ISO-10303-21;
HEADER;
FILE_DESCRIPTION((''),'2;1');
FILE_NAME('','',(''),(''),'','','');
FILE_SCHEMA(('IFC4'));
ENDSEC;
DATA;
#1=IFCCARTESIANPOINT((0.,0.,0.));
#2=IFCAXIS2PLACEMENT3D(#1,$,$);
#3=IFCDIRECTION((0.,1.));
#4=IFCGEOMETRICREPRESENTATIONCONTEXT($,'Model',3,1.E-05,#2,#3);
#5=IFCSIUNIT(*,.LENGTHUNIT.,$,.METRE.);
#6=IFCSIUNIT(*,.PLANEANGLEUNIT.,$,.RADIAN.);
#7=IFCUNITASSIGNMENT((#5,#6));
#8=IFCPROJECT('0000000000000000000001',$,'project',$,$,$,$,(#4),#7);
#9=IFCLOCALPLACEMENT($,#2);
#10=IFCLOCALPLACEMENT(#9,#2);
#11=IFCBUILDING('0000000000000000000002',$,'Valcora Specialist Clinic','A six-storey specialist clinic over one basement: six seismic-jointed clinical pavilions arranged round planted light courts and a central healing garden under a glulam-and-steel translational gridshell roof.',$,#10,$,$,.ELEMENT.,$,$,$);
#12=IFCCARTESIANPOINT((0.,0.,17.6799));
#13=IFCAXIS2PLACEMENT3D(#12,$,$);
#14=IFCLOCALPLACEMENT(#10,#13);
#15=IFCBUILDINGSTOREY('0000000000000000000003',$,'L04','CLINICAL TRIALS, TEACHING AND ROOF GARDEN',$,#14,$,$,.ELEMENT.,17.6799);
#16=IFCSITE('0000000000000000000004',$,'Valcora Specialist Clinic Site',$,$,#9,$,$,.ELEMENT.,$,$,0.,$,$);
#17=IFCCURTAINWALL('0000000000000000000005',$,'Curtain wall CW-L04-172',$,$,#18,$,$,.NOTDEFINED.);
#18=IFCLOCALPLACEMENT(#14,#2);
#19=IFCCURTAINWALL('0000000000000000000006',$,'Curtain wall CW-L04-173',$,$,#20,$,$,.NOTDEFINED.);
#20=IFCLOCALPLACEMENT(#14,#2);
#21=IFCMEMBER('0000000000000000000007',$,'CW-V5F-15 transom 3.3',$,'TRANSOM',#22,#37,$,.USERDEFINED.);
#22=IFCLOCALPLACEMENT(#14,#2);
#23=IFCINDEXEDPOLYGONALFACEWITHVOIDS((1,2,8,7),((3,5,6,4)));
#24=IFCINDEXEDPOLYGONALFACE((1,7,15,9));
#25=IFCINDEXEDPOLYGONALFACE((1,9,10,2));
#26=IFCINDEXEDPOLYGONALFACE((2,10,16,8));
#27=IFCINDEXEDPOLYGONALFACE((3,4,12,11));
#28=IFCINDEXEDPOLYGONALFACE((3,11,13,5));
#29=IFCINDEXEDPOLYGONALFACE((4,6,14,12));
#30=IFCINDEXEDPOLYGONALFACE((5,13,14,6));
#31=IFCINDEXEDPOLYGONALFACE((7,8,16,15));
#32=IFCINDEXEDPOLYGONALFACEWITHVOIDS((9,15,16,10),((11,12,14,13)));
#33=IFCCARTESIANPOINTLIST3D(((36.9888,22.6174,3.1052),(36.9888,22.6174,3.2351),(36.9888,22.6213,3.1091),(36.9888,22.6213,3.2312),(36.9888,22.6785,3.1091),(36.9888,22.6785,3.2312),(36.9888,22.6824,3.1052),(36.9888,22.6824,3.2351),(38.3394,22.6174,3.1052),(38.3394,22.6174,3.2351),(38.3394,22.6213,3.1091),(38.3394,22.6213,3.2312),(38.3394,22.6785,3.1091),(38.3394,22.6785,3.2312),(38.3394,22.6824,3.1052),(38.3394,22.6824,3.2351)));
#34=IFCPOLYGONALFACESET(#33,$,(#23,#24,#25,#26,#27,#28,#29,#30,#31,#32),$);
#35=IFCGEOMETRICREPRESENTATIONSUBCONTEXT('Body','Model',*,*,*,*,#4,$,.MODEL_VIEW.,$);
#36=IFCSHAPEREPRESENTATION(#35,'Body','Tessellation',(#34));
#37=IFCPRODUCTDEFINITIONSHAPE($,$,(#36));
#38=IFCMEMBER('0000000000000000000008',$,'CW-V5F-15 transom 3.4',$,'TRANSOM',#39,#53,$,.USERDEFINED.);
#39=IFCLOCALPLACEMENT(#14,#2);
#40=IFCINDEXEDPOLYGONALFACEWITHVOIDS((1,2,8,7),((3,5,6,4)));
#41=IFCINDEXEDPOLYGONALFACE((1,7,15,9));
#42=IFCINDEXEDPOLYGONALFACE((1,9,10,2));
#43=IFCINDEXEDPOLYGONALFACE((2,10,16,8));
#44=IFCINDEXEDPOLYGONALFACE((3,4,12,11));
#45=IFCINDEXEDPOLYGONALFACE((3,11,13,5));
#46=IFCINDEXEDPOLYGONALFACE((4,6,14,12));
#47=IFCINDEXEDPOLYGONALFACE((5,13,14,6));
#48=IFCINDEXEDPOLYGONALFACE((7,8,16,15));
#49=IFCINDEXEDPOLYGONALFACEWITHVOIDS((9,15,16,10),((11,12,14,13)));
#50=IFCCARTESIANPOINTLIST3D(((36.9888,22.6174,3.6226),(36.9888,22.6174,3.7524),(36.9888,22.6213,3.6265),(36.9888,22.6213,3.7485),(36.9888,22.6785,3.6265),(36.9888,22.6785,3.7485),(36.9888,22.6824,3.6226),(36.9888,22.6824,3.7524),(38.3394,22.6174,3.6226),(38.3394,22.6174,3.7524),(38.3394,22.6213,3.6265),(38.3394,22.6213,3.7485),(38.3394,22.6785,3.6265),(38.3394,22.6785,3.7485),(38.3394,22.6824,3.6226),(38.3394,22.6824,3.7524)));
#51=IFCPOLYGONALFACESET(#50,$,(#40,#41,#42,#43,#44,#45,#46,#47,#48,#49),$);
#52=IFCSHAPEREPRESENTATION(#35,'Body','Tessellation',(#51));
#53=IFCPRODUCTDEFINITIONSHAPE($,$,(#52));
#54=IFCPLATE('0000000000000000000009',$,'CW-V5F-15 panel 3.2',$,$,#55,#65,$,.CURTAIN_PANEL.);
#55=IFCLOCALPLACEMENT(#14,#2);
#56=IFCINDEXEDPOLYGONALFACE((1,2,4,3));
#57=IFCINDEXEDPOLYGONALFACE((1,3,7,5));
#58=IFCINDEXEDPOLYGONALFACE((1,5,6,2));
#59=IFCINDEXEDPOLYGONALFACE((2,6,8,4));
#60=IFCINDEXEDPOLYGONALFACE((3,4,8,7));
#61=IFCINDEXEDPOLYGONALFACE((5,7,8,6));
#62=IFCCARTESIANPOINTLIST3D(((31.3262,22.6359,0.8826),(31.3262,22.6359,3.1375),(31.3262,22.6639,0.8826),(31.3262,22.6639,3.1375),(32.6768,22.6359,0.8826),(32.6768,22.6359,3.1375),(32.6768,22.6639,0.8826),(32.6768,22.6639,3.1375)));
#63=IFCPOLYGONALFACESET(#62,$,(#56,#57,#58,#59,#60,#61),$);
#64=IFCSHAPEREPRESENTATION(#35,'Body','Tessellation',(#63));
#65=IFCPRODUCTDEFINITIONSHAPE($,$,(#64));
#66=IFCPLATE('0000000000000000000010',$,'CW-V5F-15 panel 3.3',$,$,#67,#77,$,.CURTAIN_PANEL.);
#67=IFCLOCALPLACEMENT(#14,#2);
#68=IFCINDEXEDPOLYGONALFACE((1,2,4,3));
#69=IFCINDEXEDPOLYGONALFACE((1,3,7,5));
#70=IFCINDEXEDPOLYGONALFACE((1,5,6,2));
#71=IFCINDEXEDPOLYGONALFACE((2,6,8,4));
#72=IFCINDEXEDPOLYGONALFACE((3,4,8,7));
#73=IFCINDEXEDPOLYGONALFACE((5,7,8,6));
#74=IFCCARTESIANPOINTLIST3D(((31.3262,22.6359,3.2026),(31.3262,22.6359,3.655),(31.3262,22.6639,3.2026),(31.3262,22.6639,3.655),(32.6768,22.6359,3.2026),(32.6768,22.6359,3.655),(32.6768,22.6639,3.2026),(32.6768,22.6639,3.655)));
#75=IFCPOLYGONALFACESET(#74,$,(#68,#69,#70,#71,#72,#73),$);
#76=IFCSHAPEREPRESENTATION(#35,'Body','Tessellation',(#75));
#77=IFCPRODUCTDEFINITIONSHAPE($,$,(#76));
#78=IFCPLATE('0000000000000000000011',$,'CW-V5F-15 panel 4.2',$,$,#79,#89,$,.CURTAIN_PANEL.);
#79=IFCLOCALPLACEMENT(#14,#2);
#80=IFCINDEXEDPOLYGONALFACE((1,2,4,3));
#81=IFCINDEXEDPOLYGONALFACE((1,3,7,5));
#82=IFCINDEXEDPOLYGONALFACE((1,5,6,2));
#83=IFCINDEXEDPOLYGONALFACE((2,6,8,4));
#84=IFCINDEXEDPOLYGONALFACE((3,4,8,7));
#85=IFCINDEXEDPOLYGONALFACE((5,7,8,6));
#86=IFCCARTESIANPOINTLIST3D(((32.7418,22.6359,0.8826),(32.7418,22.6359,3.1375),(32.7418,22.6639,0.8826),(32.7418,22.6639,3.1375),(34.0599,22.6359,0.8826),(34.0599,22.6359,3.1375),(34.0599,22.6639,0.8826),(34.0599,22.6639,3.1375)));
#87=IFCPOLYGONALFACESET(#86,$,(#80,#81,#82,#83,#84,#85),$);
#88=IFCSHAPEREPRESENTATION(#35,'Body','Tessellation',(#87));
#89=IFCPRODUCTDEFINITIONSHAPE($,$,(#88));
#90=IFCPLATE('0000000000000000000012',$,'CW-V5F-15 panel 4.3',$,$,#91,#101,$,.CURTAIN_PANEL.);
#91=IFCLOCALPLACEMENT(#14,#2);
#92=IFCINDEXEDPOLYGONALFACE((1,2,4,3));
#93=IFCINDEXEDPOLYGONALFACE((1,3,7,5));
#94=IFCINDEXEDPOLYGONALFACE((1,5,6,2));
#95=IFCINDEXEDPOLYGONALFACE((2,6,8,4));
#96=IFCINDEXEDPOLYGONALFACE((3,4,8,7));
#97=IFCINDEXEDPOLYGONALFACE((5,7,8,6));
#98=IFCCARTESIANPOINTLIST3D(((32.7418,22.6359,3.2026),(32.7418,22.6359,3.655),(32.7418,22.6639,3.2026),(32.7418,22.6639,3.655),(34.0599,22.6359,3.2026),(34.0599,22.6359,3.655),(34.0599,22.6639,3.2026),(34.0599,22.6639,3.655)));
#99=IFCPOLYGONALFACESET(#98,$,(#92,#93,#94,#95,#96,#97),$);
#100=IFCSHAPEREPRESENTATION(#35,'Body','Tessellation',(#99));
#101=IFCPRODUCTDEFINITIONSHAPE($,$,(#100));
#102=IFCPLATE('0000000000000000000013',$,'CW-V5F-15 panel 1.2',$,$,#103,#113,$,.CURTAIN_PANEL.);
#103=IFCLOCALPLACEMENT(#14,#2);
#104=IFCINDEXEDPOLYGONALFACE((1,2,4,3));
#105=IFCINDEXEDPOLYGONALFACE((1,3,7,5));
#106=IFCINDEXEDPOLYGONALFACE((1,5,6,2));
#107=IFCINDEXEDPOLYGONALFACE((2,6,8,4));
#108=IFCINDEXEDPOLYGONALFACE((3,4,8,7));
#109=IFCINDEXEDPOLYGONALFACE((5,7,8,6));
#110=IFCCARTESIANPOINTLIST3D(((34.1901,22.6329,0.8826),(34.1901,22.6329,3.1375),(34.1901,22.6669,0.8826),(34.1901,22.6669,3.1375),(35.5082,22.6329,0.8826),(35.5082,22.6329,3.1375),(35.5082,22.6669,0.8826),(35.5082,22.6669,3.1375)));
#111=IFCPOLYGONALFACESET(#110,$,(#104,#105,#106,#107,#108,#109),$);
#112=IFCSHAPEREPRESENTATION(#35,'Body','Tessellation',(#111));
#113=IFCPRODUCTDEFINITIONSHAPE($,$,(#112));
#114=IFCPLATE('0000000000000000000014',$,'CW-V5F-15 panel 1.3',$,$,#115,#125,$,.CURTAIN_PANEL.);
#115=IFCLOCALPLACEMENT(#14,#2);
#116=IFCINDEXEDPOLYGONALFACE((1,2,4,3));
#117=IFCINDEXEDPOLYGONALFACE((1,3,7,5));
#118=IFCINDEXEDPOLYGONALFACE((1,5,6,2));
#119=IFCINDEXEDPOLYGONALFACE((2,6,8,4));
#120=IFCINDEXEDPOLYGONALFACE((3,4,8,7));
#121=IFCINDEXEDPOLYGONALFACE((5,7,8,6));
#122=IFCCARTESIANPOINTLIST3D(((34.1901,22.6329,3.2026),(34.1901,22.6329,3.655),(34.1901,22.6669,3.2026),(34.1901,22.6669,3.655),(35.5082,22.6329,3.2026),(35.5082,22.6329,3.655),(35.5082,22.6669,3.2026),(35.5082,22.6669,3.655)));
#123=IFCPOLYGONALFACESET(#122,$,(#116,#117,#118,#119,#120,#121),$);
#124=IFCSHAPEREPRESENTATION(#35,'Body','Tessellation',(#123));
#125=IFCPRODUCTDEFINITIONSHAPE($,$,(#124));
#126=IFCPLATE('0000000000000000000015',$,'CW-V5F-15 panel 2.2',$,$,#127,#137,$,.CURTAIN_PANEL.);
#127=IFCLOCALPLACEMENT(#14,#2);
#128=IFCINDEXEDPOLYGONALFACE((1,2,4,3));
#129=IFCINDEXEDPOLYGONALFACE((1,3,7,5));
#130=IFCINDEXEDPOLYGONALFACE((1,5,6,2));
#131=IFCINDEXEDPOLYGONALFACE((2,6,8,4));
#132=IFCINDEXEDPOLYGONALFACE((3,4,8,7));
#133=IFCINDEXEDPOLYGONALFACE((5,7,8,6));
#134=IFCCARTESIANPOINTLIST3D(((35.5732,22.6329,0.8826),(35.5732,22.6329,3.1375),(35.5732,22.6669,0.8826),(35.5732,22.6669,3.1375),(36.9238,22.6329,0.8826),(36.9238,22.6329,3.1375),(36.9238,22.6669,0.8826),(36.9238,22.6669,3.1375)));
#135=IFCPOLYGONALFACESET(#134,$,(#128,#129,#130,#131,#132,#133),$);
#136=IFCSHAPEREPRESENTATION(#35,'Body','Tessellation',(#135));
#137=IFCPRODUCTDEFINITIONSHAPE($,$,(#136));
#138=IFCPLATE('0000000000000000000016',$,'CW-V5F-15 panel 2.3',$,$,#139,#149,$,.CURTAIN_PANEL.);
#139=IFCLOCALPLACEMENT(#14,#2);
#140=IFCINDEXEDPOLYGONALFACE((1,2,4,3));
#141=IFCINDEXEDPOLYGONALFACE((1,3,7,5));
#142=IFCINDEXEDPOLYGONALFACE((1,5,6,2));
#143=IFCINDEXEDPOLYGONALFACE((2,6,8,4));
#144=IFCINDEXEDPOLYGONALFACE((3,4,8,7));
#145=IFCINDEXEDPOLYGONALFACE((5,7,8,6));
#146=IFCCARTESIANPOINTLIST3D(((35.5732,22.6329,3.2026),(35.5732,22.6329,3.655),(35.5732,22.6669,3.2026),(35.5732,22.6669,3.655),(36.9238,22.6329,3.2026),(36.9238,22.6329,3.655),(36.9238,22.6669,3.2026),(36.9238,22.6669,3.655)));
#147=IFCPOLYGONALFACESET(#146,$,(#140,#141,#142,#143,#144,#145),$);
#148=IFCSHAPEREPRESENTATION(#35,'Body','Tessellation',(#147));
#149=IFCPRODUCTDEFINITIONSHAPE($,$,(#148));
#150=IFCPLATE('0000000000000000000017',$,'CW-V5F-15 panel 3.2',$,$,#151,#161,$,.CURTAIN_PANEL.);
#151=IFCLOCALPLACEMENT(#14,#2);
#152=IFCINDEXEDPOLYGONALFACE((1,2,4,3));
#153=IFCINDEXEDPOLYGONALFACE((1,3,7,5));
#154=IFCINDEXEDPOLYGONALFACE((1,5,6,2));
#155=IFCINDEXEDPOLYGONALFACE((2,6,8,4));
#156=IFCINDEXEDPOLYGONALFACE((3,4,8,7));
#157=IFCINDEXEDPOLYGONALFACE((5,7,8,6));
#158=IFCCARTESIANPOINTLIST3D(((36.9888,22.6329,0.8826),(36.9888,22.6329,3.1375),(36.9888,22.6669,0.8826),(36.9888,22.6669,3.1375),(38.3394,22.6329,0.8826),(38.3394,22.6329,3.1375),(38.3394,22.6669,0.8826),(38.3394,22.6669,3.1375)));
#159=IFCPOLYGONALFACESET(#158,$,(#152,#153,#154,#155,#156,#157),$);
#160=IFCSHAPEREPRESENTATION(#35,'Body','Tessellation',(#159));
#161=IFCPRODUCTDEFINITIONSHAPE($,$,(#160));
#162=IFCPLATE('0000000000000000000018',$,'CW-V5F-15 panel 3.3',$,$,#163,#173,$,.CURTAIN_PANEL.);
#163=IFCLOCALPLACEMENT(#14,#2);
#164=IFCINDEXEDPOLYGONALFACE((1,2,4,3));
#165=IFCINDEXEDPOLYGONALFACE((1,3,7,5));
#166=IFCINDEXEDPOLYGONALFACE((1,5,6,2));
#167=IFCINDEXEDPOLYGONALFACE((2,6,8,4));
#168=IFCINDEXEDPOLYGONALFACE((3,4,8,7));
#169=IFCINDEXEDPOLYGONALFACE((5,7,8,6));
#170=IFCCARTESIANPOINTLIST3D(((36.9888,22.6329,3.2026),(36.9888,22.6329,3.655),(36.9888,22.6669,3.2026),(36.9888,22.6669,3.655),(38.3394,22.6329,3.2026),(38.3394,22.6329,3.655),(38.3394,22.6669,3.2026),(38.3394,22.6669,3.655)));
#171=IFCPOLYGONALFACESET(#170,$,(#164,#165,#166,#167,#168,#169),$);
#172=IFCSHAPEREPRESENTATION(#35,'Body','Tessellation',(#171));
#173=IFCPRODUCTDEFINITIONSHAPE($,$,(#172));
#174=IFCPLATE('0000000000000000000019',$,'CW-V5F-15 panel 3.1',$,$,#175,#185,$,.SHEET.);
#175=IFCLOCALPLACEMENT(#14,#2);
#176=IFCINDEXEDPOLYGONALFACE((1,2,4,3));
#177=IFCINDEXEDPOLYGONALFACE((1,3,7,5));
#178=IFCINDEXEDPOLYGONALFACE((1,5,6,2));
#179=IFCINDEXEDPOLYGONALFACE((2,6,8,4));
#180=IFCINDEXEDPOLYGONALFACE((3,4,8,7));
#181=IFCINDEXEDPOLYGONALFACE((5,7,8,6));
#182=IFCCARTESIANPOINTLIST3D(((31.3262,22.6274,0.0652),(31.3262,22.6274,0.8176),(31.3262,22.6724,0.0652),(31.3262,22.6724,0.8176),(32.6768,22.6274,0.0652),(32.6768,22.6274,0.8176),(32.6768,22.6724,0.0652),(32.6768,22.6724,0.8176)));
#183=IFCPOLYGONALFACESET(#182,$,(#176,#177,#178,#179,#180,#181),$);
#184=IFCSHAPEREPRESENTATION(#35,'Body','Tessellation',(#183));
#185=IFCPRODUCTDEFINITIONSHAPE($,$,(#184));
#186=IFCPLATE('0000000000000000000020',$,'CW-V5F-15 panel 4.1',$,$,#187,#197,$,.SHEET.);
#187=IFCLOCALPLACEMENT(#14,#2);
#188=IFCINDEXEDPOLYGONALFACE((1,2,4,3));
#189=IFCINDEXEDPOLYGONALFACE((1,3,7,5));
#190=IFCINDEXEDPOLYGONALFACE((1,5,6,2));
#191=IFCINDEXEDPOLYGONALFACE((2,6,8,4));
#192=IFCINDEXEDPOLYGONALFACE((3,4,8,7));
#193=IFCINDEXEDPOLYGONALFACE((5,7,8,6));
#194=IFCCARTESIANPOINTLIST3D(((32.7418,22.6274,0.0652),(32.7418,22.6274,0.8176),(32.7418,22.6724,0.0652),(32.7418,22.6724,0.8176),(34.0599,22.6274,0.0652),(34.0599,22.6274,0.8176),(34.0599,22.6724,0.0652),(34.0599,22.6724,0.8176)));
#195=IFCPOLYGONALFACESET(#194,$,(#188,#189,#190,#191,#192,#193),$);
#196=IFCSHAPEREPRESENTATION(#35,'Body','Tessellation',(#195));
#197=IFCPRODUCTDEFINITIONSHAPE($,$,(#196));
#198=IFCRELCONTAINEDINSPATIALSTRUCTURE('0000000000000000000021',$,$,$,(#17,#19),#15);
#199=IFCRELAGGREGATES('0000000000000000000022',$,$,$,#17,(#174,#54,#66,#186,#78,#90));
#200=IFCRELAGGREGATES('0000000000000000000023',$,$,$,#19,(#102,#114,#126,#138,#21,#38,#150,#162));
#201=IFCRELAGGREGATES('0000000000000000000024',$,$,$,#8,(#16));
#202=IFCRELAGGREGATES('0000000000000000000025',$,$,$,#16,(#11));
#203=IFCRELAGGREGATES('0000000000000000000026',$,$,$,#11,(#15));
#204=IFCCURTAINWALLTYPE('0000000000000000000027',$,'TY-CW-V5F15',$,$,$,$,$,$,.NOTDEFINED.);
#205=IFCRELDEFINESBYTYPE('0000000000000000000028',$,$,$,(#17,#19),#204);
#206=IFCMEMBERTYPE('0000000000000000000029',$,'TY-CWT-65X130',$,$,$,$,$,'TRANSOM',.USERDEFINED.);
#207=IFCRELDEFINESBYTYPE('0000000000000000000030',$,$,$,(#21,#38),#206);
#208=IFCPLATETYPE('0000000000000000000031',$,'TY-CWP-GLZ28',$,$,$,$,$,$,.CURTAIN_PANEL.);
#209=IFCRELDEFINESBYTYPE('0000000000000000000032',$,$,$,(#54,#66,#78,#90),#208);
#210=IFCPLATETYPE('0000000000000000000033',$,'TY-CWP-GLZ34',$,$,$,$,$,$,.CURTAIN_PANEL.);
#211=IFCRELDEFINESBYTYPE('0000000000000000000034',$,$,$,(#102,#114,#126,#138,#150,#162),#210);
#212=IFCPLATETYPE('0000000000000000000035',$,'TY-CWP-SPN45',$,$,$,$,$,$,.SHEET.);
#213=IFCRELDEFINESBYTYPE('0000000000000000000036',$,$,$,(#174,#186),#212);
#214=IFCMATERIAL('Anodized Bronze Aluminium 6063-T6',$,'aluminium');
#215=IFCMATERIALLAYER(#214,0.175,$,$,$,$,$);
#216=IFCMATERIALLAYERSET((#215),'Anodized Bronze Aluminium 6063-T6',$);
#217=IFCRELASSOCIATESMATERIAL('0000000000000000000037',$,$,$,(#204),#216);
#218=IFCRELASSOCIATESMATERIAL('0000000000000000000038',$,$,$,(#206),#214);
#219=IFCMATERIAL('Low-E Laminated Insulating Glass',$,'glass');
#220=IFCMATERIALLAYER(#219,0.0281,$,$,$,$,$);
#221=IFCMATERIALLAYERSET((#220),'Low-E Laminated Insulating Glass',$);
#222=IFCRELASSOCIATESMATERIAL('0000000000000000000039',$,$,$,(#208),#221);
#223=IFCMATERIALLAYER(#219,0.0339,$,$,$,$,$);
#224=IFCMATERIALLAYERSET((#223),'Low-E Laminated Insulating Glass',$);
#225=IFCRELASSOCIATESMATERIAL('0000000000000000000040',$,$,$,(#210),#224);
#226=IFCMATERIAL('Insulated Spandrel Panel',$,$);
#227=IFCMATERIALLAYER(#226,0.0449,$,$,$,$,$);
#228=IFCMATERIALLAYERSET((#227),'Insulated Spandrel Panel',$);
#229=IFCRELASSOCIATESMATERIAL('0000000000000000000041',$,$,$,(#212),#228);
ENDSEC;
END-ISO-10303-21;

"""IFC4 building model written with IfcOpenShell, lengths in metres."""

from ifc_helpers import new_model, si_unit, direction, frame, origin, origin_2d, place, context, subcontext, project, spatial, rectangle, hollow_rectangle, extrude, material, layer, layer_set, material_profile, profile_set, type_object, element, aggregate, save


model = new_model("IFC4")

# Units and contexts
model_context = context("Model", 3, precision=1e-05, world=origin(), true_north=direction((0.0, 1.0)))
body_context = subcontext(model_context, "Body", "Model", "MODEL_VIEW")
ifc_project = project(units=[si_unit("LENGTHUNIT", "METRE"), si_unit("PLANEANGLEUNIT", "RADIAN")], contexts=[model_context])

# Site, building, storey
site_placement = place(None, origin())
site = spatial("IfcSite", under=ifc_project, at=site_placement, Name="Valcora Specialist Clinic Site", CompositionType="ELEMENT", RefElevation=0.0)
building_placement = place(site_placement, origin())
building = spatial("IfcBuilding", under=site, at=building_placement, Name="Valcora Specialist Clinic", Description="A six-storey specialist clinic over one basement: six seismic-jointed clinical pavilions arranged round planted light courts and a central healing garden under a glulam-and-steel translational gridshell roof.", CompositionType="ELEMENT")
storey_placement = place(building_placement, frame((0.0, 0.0, 17.6799)))
storey = spatial("IfcBuildingStorey", under=building, at=storey_placement, Name="L04", Description="CLINICAL TRIALS, TEACHING AND ROOF GARDEN", CompositionType="ELEMENT", Elevation=17.6799)

# Curtain walls
ifc_material_1 = material(Name="Anodized Bronze Aluminium 6063-T6", Category="aluminium")
ifc_layer_1 = layer(ifc_material_1, 0.175)
ifc_layer_set_1 = layer_set([ifc_layer_1], Name="Anodized Bronze Aluminium 6063-T6")
curtain_wall_type = type_object("IfcCurtainWallType", Name="TY-CW-V5F15", PredefinedType="NOTDEFINED", material=ifc_layer_set_1)
curtain_wall_1_placement = place(storey_placement, origin())
curtain_wall_1 = element("IfcCurtainWall", 1, at=curtain_wall_1_placement, inside=storey, type_object=curtain_wall_type, Name="Curtain wall CW-L04-172", PredefinedType="NOTDEFINED")
curtain_wall_2_placement = place(storey_placement, origin())
curtain_wall_2 = element("IfcCurtainWall", 2, at=curtain_wall_2_placement, inside=storey, type_object=curtain_wall_type, Name="Curtain wall CW-L04-173", PredefinedType="NOTDEFINED")

# Members
ifc_material_profile_1 = material_profile(ifc_material_1, hollow_rectangle(XDim=0.0649, YDim=0.1299, WallThickness=0.0039, at=origin_2d()), Name="AL-TRN-65X130")
ifc_profile_set_1 = profile_set([ifc_material_profile_1], Name="Anodized Bronze Aluminium 6063-T6")
member_type_1 = type_object("IfcMemberType", Name="TY-CWT-65X130", ElementType="TRANSOM", PredefinedType="USERDEFINED", material=ifc_profile_set_1)
member_1_placement = place(storey_placement, frame((36.9888, 22.6499, 3.1702), z_axis=(1.0, 0.0, 0.0), x_axis=(0.0, 1.0, 0.0)))
member_1 = element("IfcMember", 3, at=member_1_placement, type_object=member_type_1, Name="CW-V5F-15 transom 3.3", ObjectType="TRANSOM", PredefinedType="USERDEFINED", context=body_context, shape_type="SweptSolid", body=[
    extrude(hollow_rectangle(XDim=0.0649, YDim=0.1299, WallThickness=0.0039, at=origin_2d()), origin(), (0.0, 0.0, 1.0), 1.3506),
])
member_2_placement = place(storey_placement, frame((36.9888, 22.6499, 3.6875), z_axis=(1.0, 0.0, 0.0), x_axis=(0.0, 1.0, 0.0)))
member_2 = element("IfcMember", 4, at=member_2_placement, type_object=member_type_1, Name="CW-V5F-15 transom 3.4", ObjectType="TRANSOM", PredefinedType="USERDEFINED", context=body_context, shape_type="SweptSolid", body=[
    extrude(hollow_rectangle(XDim=0.0649, YDim=0.1299, WallThickness=0.0039, at=origin_2d()), origin(), (0.0, 0.0, 1.0), 1.3506),
])

# Plates
ifc_material_2 = material(Name="Low-E Laminated Insulating Glass", Category="glass")
ifc_layer_2 = layer(ifc_material_2, 0.0281)
ifc_layer_set_2 = layer_set([ifc_layer_2], Name="Low-E Laminated Insulating Glass")
plate_type_1 = type_object("IfcPlateType", Name="TY-CWP-GLZ28", PredefinedType="CURTAIN_PANEL", material=ifc_layer_set_2)
plate_1_placement = place(storey_placement, frame((32.0015, 22.6499, 0.8826), z_axis=(0.0, 0.0, 1.0), x_axis=(1.0, 0.0, 0.0)))
plate_1 = element("IfcPlate", 5, at=plate_1_placement, type_object=plate_type_1, Name="CW-V5F-15 panel 3.2", PredefinedType="CURTAIN_PANEL", context=body_context, shape_type="SweptSolid", body=[
    extrude(rectangle(XDim=1.3506, YDim=0.0281, at=origin_2d()), origin(), (0.0, 0.0, 1.0), 2.2549),
])
plate_2_placement = place(storey_placement, frame((32.0015, 22.6499, 3.2026), z_axis=(0.0, 0.0, 1.0), x_axis=(1.0, 0.0, 0.0)))
plate_2 = element("IfcPlate", 6, at=plate_2_placement, type_object=plate_type_1, Name="CW-V5F-15 panel 3.3", PredefinedType="CURTAIN_PANEL", context=body_context, shape_type="SweptSolid", body=[
    extrude(rectangle(XDim=1.3506, YDim=0.0281, at=origin_2d()), origin(), (0.0, 0.0, 1.0), 0.4524),
])
plate_3_placement = place(storey_placement, frame((33.4009, 22.6499, 0.8826), z_axis=(0.0, 0.0, 1.0), x_axis=(1.0, 0.0, 0.0)))
plate_3 = element("IfcPlate", 7, at=plate_3_placement, type_object=plate_type_1, Name="CW-V5F-15 panel 4.2", PredefinedType="CURTAIN_PANEL", context=body_context, shape_type="SweptSolid", body=[
    extrude(rectangle(XDim=1.3181, YDim=0.0281, at=origin_2d()), origin(), (0.0, 0.0, 1.0), 2.2549),
])
plate_4_placement = place(storey_placement, frame((33.4009, 22.6499, 3.2026), z_axis=(0.0, 0.0, 1.0), x_axis=(1.0, 0.0, 0.0)))
plate_4 = element("IfcPlate", 8, at=plate_4_placement, type_object=plate_type_1, Name="CW-V5F-15 panel 4.3", PredefinedType="CURTAIN_PANEL", context=body_context, shape_type="SweptSolid", body=[
    extrude(rectangle(XDim=1.3181, YDim=0.0281, at=origin_2d()), origin(), (0.0, 0.0, 1.0), 0.4524),
])
ifc_layer_3 = layer(ifc_material_2, 0.0339)
ifc_layer_set_3 = layer_set([ifc_layer_3], Name="Low-E Laminated Insulating Glass")
plate_type_2 = type_object("IfcPlateType", Name="TY-CWP-GLZ34", PredefinedType="CURTAIN_PANEL", material=ifc_layer_set_3)
plate_5_placement = place(storey_placement, frame((34.8491, 22.6499, 0.8826), z_axis=(0.0, 0.0, 1.0), x_axis=(1.0, 0.0, 0.0)))
plate_5 = element("IfcPlate", 9, at=plate_5_placement, type_object=plate_type_2, Name="CW-V5F-15 panel 1.2", PredefinedType="CURTAIN_PANEL", context=body_context, shape_type="SweptSolid", body=[
    extrude(rectangle(XDim=1.3181, YDim=0.0339, at=origin_2d()), origin(), (0.0, 0.0, 1.0), 2.2549),
])
plate_6_placement = place(storey_placement, frame((34.8491, 22.6499, 3.2026), z_axis=(0.0, 0.0, 1.0), x_axis=(1.0, 0.0, 0.0)))
plate_6 = element("IfcPlate", 10, at=plate_6_placement, type_object=plate_type_2, Name="CW-V5F-15 panel 1.3", PredefinedType="CURTAIN_PANEL", context=body_context, shape_type="SweptSolid", body=[
    extrude(rectangle(XDim=1.3181, YDim=0.0339, at=origin_2d()), origin(), (0.0, 0.0, 1.0), 0.4524),
])
plate_7_placement = place(storey_placement, frame((36.2485, 22.6499, 0.8826), z_axis=(0.0, 0.0, 1.0), x_axis=(1.0, 0.0, 0.0)))
plate_7 = element("IfcPlate", 11, at=plate_7_placement, type_object=plate_type_2, Name="CW-V5F-15 panel 2.2", PredefinedType="CURTAIN_PANEL", context=body_context, shape_type="SweptSolid", body=[
    extrude(rectangle(XDim=1.3506, YDim=0.0339, at=origin_2d()), origin(), (0.0, 0.0, 1.0), 2.2549),
])
plate_8_placement = place(storey_placement, frame((36.2485, 22.6499, 3.2026), z_axis=(0.0, 0.0, 1.0), x_axis=(1.0, 0.0, 0.0)))
plate_8 = element("IfcPlate", 12, at=plate_8_placement, type_object=plate_type_2, Name="CW-V5F-15 panel 2.3", PredefinedType="CURTAIN_PANEL", context=body_context, shape_type="SweptSolid", body=[
    extrude(rectangle(XDim=1.3506, YDim=0.0339, at=origin_2d()), origin(), (0.0, 0.0, 1.0), 0.4524),
])
plate_9_placement = place(storey_placement, frame((37.6641, 22.6499, 0.8826), z_axis=(0.0, 0.0, 1.0), x_axis=(1.0, 0.0, 0.0)))
plate_9 = element("IfcPlate", 13, at=plate_9_placement, type_object=plate_type_2, Name="CW-V5F-15 panel 3.2", PredefinedType="CURTAIN_PANEL", context=body_context, shape_type="SweptSolid", body=[
    extrude(rectangle(XDim=1.3506, YDim=0.0339, at=origin_2d()), origin(), (0.0, 0.0, 1.0), 2.2549),
])
plate_10_placement = place(storey_placement, frame((37.6641, 22.6499, 3.2026), z_axis=(0.0, 0.0, 1.0), x_axis=(1.0, 0.0, 0.0)))
plate_10 = element("IfcPlate", 14, at=plate_10_placement, type_object=plate_type_2, Name="CW-V5F-15 panel 3.3", PredefinedType="CURTAIN_PANEL", context=body_context, shape_type="SweptSolid", body=[
    extrude(rectangle(XDim=1.3506, YDim=0.0339, at=origin_2d()), origin(), (0.0, 0.0, 1.0), 0.4524),
])
ifc_material_3 = material(Name="Insulated Spandrel Panel")
ifc_layer_4 = layer(ifc_material_3, 0.0449)
ifc_layer_set_4 = layer_set([ifc_layer_4], Name="Insulated Spandrel Panel")
plate_type_3 = type_object("IfcPlateType", Name="TY-CWP-SPN45", PredefinedType="SHEET", material=ifc_layer_set_4)
plate_11_placement = place(storey_placement, frame((32.0015, 22.6499, 0.0652), z_axis=(0.0, 0.0, 1.0), x_axis=(1.0, 0.0, 0.0)))
plate_11 = element("IfcPlate", 15, at=plate_11_placement, type_object=plate_type_3, Name="CW-V5F-15 panel 3.1", PredefinedType="SHEET", context=body_context, shape_type="SweptSolid", body=[
    extrude(rectangle(XDim=1.3506, YDim=0.0449, at=origin_2d()), origin(), (0.0, 0.0, 1.0), 0.7524),
])
plate_12_placement = place(storey_placement, frame((33.4009, 22.6499, 0.0652), z_axis=(0.0, 0.0, 1.0), x_axis=(1.0, 0.0, 0.0)))
plate_12 = element("IfcPlate", 16, at=plate_12_placement, type_object=plate_type_3, Name="CW-V5F-15 panel 4.1", PredefinedType="SHEET", context=body_context, shape_type="SweptSolid", body=[
    extrude(rectangle(XDim=1.3181, YDim=0.0449, at=origin_2d()), origin(), (0.0, 0.0, 1.0), 0.7524),
])
aggregate(curtain_wall_1, [plate_11, plate_1, plate_2, plate_12, plate_3, plate_4])
aggregate(curtain_wall_2, [plate_5, plate_6, plate_7, plate_8, member_1, member_2, plate_9, plate_10])

save(model, "model.ifc")
